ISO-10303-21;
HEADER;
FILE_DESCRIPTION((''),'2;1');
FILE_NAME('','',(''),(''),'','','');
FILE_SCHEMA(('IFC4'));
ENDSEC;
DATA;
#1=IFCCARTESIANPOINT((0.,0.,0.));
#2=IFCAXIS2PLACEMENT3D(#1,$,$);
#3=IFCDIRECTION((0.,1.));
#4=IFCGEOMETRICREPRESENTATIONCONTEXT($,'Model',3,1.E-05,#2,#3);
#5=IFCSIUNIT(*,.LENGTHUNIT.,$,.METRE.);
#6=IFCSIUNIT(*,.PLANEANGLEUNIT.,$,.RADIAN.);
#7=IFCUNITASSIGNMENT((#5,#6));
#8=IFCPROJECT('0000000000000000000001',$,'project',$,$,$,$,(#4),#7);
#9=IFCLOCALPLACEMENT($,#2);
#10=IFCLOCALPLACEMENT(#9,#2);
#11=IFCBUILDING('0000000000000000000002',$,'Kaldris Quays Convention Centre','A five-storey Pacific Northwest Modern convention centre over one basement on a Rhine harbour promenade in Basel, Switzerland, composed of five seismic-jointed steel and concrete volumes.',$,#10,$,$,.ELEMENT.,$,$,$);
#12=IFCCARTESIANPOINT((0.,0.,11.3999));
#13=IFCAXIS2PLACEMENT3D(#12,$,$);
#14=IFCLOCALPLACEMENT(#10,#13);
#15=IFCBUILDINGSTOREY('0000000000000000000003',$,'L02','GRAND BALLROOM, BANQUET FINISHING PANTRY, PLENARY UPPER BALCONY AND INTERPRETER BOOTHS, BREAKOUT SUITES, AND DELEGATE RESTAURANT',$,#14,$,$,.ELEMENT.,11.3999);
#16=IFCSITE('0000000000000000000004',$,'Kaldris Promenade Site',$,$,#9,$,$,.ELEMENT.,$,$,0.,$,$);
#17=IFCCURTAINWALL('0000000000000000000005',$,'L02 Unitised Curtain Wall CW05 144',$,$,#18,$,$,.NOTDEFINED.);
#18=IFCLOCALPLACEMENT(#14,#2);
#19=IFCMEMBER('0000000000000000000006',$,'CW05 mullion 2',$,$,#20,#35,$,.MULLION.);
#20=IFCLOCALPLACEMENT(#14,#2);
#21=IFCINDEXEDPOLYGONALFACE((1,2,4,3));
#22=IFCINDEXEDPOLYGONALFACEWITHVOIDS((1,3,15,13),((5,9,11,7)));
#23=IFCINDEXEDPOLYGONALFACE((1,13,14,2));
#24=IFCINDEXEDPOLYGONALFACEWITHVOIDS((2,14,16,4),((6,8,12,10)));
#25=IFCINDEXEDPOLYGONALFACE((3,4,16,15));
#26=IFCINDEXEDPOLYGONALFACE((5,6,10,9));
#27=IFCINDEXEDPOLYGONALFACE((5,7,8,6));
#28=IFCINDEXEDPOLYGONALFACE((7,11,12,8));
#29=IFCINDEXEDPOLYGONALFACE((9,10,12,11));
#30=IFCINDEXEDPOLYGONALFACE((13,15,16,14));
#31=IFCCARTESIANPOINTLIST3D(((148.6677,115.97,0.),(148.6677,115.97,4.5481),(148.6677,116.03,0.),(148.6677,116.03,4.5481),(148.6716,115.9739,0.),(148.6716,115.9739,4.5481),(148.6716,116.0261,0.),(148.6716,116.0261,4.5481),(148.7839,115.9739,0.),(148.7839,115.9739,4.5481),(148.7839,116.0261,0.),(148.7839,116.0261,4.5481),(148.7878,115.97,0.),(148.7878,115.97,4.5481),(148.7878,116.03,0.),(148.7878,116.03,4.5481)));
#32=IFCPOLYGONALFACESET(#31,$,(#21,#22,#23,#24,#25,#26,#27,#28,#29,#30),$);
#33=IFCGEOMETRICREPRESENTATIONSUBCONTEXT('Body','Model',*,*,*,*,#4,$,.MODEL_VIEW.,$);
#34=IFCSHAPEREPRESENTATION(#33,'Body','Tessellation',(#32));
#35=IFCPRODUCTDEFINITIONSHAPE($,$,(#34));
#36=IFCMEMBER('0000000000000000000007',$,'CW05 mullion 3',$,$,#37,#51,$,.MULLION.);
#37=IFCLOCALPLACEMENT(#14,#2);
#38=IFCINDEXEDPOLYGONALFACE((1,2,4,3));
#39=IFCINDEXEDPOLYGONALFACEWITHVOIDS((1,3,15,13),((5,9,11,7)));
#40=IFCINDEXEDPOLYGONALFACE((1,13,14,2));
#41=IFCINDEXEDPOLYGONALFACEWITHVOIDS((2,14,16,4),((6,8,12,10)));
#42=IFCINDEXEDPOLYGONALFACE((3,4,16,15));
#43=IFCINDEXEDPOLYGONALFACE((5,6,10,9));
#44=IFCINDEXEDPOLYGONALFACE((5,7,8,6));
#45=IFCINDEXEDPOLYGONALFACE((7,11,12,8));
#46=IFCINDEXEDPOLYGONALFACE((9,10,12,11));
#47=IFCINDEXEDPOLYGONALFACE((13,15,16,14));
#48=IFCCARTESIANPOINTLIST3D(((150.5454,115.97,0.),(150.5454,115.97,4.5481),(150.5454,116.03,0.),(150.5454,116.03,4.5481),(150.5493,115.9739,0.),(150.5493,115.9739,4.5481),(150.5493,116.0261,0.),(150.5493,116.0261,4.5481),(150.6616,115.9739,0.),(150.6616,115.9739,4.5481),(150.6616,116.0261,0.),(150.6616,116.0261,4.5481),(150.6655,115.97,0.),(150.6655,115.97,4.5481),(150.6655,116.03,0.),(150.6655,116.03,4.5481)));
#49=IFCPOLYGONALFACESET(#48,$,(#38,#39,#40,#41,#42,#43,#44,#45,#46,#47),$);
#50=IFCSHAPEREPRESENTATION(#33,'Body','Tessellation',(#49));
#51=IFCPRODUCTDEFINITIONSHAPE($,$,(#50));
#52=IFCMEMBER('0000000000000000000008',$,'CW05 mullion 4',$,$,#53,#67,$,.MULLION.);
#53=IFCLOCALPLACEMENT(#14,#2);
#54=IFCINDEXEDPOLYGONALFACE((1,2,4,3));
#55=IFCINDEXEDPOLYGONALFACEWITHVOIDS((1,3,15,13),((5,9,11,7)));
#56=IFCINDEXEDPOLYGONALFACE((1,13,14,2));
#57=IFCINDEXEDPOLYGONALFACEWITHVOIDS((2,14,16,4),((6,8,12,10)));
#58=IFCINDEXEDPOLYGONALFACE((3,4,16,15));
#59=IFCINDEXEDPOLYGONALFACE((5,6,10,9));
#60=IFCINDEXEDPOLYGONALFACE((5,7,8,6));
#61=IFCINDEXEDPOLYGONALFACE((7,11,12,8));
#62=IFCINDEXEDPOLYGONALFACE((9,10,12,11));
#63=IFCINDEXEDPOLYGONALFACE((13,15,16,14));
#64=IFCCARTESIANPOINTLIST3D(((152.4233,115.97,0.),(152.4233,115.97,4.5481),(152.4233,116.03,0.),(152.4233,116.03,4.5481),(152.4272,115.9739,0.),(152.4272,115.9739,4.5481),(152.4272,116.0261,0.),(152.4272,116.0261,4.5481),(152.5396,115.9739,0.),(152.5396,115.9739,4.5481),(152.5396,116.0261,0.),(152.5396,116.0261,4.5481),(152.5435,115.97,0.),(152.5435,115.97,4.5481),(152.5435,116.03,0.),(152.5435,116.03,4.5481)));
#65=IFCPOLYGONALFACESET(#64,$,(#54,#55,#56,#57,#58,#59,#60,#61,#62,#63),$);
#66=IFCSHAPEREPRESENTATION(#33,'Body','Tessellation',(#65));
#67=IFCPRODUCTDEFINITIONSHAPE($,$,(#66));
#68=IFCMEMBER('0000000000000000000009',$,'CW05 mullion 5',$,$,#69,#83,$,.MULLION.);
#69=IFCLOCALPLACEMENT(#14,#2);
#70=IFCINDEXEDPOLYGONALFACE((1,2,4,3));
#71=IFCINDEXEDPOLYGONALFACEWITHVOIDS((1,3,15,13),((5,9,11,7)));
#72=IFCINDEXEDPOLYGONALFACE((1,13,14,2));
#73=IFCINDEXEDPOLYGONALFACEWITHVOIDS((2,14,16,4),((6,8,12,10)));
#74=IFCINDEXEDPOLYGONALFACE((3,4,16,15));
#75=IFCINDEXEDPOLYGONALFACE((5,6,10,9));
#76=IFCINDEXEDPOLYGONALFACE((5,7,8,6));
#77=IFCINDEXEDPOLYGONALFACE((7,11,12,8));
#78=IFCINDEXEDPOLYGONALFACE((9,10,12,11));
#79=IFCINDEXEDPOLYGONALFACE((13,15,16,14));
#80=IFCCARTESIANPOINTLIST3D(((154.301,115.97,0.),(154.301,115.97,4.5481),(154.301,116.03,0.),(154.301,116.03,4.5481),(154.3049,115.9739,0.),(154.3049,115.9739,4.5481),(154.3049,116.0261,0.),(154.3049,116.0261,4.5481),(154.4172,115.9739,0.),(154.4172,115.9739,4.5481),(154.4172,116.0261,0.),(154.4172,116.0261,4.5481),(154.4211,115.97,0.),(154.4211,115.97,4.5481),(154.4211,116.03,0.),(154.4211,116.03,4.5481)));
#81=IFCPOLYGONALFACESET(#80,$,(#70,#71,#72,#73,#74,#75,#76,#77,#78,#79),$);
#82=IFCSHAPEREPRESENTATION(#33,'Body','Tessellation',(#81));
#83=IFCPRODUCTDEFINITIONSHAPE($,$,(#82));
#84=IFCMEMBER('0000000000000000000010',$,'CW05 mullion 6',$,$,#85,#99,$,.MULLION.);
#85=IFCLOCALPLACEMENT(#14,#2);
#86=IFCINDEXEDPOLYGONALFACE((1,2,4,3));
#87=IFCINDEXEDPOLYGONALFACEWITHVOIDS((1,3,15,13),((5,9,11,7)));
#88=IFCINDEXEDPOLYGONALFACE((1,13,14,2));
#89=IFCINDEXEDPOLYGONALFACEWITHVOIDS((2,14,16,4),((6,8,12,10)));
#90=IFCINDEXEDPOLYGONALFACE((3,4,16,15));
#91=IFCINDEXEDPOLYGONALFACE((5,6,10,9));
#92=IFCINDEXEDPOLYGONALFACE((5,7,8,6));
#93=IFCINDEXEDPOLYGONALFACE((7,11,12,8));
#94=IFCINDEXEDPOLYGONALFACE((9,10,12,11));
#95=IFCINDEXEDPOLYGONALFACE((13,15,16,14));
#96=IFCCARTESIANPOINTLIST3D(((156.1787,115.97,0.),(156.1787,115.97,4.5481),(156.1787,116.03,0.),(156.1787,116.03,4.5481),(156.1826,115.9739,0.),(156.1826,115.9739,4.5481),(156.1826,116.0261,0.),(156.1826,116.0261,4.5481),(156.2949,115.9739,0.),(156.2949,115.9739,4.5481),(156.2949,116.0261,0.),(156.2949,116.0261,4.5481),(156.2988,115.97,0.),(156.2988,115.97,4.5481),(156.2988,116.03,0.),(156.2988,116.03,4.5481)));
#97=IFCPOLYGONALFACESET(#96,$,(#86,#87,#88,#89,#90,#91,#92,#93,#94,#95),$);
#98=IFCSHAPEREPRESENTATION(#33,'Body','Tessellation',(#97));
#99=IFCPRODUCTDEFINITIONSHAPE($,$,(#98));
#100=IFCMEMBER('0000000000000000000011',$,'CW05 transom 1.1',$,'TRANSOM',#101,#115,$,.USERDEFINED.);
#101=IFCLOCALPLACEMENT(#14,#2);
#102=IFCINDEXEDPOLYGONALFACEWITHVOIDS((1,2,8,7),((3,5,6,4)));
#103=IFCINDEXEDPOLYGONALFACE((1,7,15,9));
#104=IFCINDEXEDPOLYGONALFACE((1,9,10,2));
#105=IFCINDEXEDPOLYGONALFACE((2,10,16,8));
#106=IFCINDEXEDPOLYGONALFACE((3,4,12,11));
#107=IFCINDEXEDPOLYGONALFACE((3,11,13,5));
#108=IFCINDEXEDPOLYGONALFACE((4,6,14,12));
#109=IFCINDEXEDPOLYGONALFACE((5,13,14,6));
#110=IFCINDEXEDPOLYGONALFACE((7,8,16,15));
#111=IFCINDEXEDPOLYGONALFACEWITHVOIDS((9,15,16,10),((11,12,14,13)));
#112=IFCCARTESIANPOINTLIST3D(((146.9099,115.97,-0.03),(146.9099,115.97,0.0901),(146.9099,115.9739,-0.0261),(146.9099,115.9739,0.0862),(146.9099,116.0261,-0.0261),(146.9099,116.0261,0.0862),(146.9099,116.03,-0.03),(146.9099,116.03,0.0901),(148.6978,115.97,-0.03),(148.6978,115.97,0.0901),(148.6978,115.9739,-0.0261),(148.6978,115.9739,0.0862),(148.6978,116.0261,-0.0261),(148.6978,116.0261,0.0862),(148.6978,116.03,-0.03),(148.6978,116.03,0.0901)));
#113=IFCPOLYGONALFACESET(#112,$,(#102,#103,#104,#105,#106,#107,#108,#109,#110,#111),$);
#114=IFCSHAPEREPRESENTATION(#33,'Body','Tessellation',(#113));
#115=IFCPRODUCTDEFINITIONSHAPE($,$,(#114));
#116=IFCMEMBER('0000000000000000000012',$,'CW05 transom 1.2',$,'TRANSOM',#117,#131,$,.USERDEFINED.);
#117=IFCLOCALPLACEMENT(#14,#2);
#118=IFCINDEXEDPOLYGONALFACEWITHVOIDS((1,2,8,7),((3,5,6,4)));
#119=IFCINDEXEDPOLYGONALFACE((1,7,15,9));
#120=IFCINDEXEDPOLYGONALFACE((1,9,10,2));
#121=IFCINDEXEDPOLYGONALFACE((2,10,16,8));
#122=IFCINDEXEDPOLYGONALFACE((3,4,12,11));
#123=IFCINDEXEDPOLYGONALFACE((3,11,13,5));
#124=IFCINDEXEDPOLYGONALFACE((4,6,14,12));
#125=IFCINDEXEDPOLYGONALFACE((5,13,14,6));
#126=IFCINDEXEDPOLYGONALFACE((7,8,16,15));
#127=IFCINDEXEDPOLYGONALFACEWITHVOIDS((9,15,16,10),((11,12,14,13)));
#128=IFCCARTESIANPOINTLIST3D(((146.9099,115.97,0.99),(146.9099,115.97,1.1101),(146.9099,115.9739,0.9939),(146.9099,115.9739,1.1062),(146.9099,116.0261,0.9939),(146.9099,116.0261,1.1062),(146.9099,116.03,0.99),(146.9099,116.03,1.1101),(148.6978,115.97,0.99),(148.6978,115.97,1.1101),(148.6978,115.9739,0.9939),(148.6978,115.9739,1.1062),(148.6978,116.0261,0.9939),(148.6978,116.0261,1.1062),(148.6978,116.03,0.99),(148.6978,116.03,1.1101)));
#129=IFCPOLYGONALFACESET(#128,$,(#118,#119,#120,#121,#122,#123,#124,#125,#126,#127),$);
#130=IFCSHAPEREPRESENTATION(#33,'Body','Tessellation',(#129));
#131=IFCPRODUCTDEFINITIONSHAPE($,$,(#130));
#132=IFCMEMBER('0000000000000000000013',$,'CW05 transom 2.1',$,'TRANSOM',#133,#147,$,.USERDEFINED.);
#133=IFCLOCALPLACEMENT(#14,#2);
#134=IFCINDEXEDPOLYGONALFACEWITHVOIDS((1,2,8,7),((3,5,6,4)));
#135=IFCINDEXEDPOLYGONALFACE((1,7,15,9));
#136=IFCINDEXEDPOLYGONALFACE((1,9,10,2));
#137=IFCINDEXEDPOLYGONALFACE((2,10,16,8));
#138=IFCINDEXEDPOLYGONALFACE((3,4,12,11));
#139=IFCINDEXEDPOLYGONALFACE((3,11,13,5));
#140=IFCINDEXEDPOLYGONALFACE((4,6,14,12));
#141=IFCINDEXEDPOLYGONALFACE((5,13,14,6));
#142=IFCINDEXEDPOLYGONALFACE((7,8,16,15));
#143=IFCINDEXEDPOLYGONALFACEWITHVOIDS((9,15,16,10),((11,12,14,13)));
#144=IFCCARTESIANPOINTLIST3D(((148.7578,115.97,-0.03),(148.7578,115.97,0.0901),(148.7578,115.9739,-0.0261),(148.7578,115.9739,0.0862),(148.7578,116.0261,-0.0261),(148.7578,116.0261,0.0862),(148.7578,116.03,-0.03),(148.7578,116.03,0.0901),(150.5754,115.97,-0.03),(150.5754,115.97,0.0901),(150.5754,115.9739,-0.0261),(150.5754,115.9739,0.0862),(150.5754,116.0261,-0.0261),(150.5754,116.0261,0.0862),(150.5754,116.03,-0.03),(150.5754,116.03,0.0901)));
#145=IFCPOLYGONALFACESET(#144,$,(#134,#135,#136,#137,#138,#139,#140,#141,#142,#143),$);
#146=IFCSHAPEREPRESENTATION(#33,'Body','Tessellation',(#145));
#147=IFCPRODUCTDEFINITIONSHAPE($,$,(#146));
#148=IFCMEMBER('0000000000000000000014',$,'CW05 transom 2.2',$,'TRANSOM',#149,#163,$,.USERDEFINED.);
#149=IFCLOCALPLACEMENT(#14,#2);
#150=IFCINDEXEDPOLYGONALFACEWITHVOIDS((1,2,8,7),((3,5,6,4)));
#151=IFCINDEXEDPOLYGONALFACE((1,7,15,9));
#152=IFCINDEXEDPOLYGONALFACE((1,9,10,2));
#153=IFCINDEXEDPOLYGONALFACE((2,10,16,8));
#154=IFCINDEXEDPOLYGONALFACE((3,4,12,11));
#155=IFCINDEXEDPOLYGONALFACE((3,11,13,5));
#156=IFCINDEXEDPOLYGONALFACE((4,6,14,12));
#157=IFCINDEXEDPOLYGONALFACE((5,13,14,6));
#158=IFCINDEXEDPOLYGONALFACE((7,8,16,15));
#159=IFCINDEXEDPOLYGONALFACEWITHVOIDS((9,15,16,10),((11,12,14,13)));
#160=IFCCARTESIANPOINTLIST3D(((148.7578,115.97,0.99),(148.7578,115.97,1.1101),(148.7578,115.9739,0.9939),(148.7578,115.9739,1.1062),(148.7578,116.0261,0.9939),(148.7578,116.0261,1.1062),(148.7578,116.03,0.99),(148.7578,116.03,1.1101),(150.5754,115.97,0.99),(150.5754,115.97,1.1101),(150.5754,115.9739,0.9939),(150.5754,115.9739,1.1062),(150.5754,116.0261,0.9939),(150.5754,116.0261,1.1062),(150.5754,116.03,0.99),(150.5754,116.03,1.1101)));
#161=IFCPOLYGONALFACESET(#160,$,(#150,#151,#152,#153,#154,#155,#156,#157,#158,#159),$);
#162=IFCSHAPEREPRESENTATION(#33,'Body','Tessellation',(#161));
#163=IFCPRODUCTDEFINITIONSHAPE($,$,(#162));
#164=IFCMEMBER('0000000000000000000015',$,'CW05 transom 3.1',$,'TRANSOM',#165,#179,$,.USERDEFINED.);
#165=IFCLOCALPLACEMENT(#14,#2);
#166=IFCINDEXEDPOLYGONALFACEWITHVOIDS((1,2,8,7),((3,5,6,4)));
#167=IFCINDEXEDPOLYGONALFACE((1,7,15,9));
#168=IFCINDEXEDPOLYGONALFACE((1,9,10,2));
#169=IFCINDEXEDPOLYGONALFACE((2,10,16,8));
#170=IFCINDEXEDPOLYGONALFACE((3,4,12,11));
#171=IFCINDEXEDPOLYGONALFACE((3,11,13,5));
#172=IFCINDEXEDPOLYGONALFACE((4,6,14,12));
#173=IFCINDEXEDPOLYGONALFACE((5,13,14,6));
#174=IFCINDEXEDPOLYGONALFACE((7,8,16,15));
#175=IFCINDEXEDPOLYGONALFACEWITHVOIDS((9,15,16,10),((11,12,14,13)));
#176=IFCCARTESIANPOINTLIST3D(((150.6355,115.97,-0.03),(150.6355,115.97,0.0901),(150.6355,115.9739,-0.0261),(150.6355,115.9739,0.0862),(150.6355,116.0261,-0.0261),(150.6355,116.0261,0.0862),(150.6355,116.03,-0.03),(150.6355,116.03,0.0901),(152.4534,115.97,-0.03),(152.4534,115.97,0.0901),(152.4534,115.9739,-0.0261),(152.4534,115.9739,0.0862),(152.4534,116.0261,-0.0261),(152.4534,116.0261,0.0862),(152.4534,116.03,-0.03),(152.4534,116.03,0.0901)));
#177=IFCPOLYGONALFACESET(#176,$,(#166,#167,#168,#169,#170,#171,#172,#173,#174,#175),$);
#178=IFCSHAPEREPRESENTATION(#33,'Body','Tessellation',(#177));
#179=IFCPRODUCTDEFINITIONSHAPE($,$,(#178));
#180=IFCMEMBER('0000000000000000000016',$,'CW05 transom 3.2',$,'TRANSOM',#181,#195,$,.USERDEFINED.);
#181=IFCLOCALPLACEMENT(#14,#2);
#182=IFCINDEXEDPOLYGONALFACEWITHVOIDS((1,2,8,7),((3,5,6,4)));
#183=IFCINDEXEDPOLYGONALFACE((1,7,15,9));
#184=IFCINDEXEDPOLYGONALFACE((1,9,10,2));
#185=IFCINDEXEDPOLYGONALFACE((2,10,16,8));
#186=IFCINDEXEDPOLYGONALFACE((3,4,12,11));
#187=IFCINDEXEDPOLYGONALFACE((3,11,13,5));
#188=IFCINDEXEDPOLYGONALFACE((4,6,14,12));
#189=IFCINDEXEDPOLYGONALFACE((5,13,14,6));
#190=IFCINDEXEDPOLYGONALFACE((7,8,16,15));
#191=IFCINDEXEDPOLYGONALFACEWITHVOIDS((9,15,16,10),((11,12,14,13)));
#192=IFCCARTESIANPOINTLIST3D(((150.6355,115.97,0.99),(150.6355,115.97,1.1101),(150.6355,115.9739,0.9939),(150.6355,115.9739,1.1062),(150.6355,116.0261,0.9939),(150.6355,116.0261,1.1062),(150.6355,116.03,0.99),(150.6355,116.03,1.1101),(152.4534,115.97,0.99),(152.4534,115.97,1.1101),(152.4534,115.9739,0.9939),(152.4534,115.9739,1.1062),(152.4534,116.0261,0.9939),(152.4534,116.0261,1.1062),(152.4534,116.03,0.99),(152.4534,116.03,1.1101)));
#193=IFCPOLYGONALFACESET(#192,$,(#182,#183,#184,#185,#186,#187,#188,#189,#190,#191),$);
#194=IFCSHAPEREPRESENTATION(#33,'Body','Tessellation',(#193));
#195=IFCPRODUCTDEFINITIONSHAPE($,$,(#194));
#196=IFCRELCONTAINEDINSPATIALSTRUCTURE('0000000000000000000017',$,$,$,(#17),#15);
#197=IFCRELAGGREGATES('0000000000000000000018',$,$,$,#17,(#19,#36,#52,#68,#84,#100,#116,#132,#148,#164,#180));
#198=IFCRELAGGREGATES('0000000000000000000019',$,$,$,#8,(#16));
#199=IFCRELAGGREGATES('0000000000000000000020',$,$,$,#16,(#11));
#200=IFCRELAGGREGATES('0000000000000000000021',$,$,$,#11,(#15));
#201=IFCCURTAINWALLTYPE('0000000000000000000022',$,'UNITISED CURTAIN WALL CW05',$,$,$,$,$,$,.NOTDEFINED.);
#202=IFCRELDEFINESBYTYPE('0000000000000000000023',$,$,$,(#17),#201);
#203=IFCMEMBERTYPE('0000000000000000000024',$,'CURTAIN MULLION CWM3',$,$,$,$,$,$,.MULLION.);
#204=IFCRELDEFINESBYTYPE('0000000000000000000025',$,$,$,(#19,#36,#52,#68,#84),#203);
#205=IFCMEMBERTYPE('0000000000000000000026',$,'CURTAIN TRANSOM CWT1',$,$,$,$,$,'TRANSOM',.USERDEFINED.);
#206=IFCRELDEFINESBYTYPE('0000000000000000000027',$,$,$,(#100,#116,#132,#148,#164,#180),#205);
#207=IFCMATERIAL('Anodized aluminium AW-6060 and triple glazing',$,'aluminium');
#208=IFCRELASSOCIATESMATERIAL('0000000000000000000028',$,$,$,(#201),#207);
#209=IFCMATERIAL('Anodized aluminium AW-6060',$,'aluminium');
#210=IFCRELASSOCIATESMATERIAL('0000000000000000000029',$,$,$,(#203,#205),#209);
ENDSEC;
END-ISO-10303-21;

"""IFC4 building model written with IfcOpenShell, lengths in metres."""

from ifc_helpers import new_model, si_unit, direction, frame, origin, origin_2d, place, context, subcontext, project, spatial, hollow_rectangle, extrude, material, material_profile, profile_set, type_object, element, aggregate, save


model = new_model("IFC4")

# Units and contexts
model_context = context("Model", 3, precision=1e-05, world=origin(), true_north=direction((0.0, 1.0)))
body_context = subcontext(model_context, "Body", "Model", "MODEL_VIEW")
ifc_project = project(units=[si_unit("LENGTHUNIT", "METRE"), si_unit("PLANEANGLEUNIT", "RADIAN")], contexts=[model_context])

# Site, building, storey
site_placement = place(None, origin())
site = spatial("IfcSite", under=ifc_project, at=site_placement, Name="Kaldris Promenade Site", CompositionType="ELEMENT", RefElevation=0.0)
building_placement = place(site_placement, origin())
building = spatial("IfcBuilding", under=site, at=building_placement, Name="Kaldris Quays Convention Centre", Description="A five-storey Pacific Northwest Modern convention centre over one basement on a Rhine harbour promenade in Basel, Switzerland, composed of five seismic-jointed steel and concrete volumes.", CompositionType="ELEMENT")
storey_placement = place(building_placement, frame((0.0, 0.0, 11.3999)))
storey = spatial("IfcBuildingStorey", under=building, at=storey_placement, Name="L02", Description="GRAND BALLROOM, BANQUET FINISHING PANTRY, PLENARY UPPER BALCONY AND INTERPRETER BOOTHS, BREAKOUT SUITES, AND DELEGATE RESTAURANT", CompositionType="ELEMENT", Elevation=11.3999)

# Curtain wall, members
ifc_material_1 = material(Name="Anodized aluminium AW-6060 and triple glazing", Category="aluminium")
curtain_wall_type = type_object("IfcCurtainWallType", Name="UNITISED CURTAIN WALL CW05", PredefinedType="NOTDEFINED", material=ifc_material_1)
curtain_wall_placement = place(storey_placement, origin())
curtain_wall = element("IfcCurtainWall", 1, at=curtain_wall_placement, inside=storey, type_object=curtain_wall_type, Name="L02 Unitised Curtain Wall CW05 144", PredefinedType="NOTDEFINED")
ifc_material_2 = material(Name="Anodized aluminium AW-6060", Category="aluminium")
ifc_material_profile_1 = material_profile(ifc_material_2, hollow_rectangle(XDim=0.0601, YDim=0.1201, WallThickness=0.0039, at=origin_2d()), Name="RHS 120x60x4")
ifc_profile_set_1 = profile_set([ifc_material_profile_1], Name="Anodized aluminium AW-6060")
member_type_1 = type_object("IfcMemberType", Name="CURTAIN MULLION CWM3", PredefinedType="MULLION", material=ifc_profile_set_1)
member_1_placement = place(storey_placement, frame((148.7278, 116.0, 0.0), z_axis=(0.0, 0.0, 1.0), x_axis=(0.0, 1.0, 0.0)))
member_1 = element("IfcMember", 2, at=member_1_placement, type_object=member_type_1, Name="CW05 mullion 2", PredefinedType="MULLION", context=body_context, shape_type="SweptSolid", body=[
    extrude(hollow_rectangle(XDim=0.0601, YDim=0.1201, WallThickness=0.0039, at=origin_2d()), origin(), (0.0, 0.0, 1.0), 4.5481),
])
member_2_placement = place(storey_placement, frame((150.6055, 116.0, 0.0), z_axis=(0.0, 0.0, 1.0), x_axis=(0.0, 1.0, 0.0)))
member_2 = element("IfcMember", 3, at=member_2_placement, type_object=member_type_1, Name="CW05 mullion 3", PredefinedType="MULLION", context=body_context, shape_type="SweptSolid", body=[
    extrude(hollow_rectangle(XDim=0.0601, YDim=0.1201, WallThickness=0.0039, at=origin_2d()), origin(), (0.0, 0.0, 1.0), 4.5481),
])
member_3_placement = place(storey_placement, frame((152.4834, 116.0, 0.0), z_axis=(0.0, 0.0, 1.0), x_axis=(0.0, 1.0, 0.0)))
member_3 = element("IfcMember", 4, at=member_3_placement, type_object=member_type_1, Name="CW05 mullion 4", PredefinedType="MULLION", context=body_context, shape_type="SweptSolid", body=[
    extrude(hollow_rectangle(XDim=0.0601, YDim=0.1201, WallThickness=0.0039, at=origin_2d()), origin(), (0.0, 0.0, 1.0), 4.5481),
])
member_4_placement = place(storey_placement, frame((154.3611, 116.0, 0.0), z_axis=(0.0, 0.0, 1.0), x_axis=(0.0, 1.0, 0.0)))
member_4 = element("IfcMember", 5, at=member_4_placement, type_object=member_type_1, Name="CW05 mullion 5", PredefinedType="MULLION", context=body_context, shape_type="SweptSolid", body=[
    extrude(hollow_rectangle(XDim=0.0601, YDim=0.1201, WallThickness=0.0039, at=origin_2d()), origin(), (0.0, 0.0, 1.0), 4.5481),
])
member_5_placement = place(storey_placement, frame((156.2388, 116.0, 0.0), z_axis=(0.0, 0.0, 1.0), x_axis=(0.0, 1.0, 0.0)))
member_5 = element("IfcMember", 6, at=member_5_placement, type_object=member_type_1, Name="CW05 mullion 6", PredefinedType="MULLION", context=body_context, shape_type="SweptSolid", body=[
    extrude(hollow_rectangle(XDim=0.0601, YDim=0.1201, WallThickness=0.0039, at=origin_2d()), origin(), (0.0, 0.0, 1.0), 4.5481),
])
ifc_material_profile_2 = material_profile(ifc_material_2, hollow_rectangle(XDim=0.0601, YDim=0.1201, WallThickness=0.0039, at=origin_2d()), Name="RHS 120x60x4")
ifc_profile_set_2 = profile_set([ifc_material_profile_2], Name="Anodized aluminium AW-6060")
member_type_2 = type_object("IfcMemberType", Name="CURTAIN TRANSOM CWT1", ElementType="TRANSOM", PredefinedType="USERDEFINED", material=ifc_profile_set_2)
member_6_placement = place(storey_placement, frame((146.9099, 116.0, 0.03), z_axis=(1.0, 0.0, 0.0), x_axis=(0.0, 1.0, 0.0)))
member_6 = element("IfcMember", 7, at=member_6_placement, type_object=member_type_2, Name="CW05 transom 1.1", ObjectType="TRANSOM", PredefinedType="USERDEFINED", context=body_context, shape_type="SweptSolid", body=[
    extrude(hollow_rectangle(XDim=0.0601, YDim=0.1201, WallThickness=0.0039, at=origin_2d()), origin(), (0.0, 0.0, 1.0), 1.7878),
])
member_7_placement = place(storey_placement, frame((146.9099, 116.0, 1.05), z_axis=(1.0, 0.0, 0.0), x_axis=(0.0, 1.0, 0.0)))
member_7 = element("IfcMember", 8, at=member_7_placement, type_object=member_type_2, Name="CW05 transom 1.2", ObjectType="TRANSOM", PredefinedType="USERDEFINED", context=body_context, shape_type="SweptSolid", body=[
    extrude(hollow_rectangle(XDim=0.0601, YDim=0.1201, WallThickness=0.0039, at=origin_2d()), origin(), (0.0, 0.0, 1.0), 1.7878),
])
member_8_placement = place(storey_placement, frame((148.7578, 116.0, 0.03), z_axis=(1.0, 0.0, 0.0), x_axis=(0.0, 1.0, 0.0)))
member_8 = element("IfcMember", 9, at=member_8_placement, type_object=member_type_2, Name="CW05 transom 2.1", ObjectType="TRANSOM", PredefinedType="USERDEFINED", context=body_context, shape_type="SweptSolid", body=[
    extrude(hollow_rectangle(XDim=0.0601, YDim=0.1201, WallThickness=0.0039, at=origin_2d()), origin(), (0.0, 0.0, 1.0), 1.8176),
])
member_9_placement = place(storey_placement, frame((148.7578, 116.0, 1.05), z_axis=(1.0, 0.0, 0.0), x_axis=(0.0, 1.0, 0.0)))
member_9 = element("IfcMember", 10, at=member_9_placement, type_object=member_type_2, Name="CW05 transom 2.2", ObjectType="TRANSOM", PredefinedType="USERDEFINED", context=body_context, shape_type="SweptSolid", body=[
    extrude(hollow_rectangle(XDim=0.0601, YDim=0.1201, WallThickness=0.0039, at=origin_2d()), origin(), (0.0, 0.0, 1.0), 1.8176),
])
member_10_placement = place(storey_placement, frame((150.6355, 116.0, 0.03), z_axis=(1.0, 0.0, 0.0), x_axis=(0.0, 1.0, 0.0)))
member_10 = element("IfcMember", 11, at=member_10_placement, type_object=member_type_2, Name="CW05 transom 3.1", ObjectType="TRANSOM", PredefinedType="USERDEFINED", context=body_context, shape_type="SweptSolid", body=[
    extrude(hollow_rectangle(XDim=0.0601, YDim=0.1201, WallThickness=0.0039, at=origin_2d()), origin(), (0.0, 0.0, 1.0), 1.8179),
])
member_11_placement = place(storey_placement, frame((150.6355, 116.0, 1.05), z_axis=(1.0, 0.0, 0.0), x_axis=(0.0, 1.0, 0.0)))
member_11 = element("IfcMember", 12, at=member_11_placement, type_object=member_type_2, Name="CW05 transom 3.2", ObjectType="TRANSOM", PredefinedType="USERDEFINED", context=body_context, shape_type="SweptSolid", body=[
    extrude(hollow_rectangle(XDim=0.0601, YDim=0.1201, WallThickness=0.0039, at=origin_2d()), origin(), (0.0, 0.0, 1.0), 1.8179),
])
aggregate(curtain_wall, [member_1, member_2, member_3, member_4, member_5, member_6, member_7, member_8, member_9, member_10, member_11])

save(model, "model.ifc")
